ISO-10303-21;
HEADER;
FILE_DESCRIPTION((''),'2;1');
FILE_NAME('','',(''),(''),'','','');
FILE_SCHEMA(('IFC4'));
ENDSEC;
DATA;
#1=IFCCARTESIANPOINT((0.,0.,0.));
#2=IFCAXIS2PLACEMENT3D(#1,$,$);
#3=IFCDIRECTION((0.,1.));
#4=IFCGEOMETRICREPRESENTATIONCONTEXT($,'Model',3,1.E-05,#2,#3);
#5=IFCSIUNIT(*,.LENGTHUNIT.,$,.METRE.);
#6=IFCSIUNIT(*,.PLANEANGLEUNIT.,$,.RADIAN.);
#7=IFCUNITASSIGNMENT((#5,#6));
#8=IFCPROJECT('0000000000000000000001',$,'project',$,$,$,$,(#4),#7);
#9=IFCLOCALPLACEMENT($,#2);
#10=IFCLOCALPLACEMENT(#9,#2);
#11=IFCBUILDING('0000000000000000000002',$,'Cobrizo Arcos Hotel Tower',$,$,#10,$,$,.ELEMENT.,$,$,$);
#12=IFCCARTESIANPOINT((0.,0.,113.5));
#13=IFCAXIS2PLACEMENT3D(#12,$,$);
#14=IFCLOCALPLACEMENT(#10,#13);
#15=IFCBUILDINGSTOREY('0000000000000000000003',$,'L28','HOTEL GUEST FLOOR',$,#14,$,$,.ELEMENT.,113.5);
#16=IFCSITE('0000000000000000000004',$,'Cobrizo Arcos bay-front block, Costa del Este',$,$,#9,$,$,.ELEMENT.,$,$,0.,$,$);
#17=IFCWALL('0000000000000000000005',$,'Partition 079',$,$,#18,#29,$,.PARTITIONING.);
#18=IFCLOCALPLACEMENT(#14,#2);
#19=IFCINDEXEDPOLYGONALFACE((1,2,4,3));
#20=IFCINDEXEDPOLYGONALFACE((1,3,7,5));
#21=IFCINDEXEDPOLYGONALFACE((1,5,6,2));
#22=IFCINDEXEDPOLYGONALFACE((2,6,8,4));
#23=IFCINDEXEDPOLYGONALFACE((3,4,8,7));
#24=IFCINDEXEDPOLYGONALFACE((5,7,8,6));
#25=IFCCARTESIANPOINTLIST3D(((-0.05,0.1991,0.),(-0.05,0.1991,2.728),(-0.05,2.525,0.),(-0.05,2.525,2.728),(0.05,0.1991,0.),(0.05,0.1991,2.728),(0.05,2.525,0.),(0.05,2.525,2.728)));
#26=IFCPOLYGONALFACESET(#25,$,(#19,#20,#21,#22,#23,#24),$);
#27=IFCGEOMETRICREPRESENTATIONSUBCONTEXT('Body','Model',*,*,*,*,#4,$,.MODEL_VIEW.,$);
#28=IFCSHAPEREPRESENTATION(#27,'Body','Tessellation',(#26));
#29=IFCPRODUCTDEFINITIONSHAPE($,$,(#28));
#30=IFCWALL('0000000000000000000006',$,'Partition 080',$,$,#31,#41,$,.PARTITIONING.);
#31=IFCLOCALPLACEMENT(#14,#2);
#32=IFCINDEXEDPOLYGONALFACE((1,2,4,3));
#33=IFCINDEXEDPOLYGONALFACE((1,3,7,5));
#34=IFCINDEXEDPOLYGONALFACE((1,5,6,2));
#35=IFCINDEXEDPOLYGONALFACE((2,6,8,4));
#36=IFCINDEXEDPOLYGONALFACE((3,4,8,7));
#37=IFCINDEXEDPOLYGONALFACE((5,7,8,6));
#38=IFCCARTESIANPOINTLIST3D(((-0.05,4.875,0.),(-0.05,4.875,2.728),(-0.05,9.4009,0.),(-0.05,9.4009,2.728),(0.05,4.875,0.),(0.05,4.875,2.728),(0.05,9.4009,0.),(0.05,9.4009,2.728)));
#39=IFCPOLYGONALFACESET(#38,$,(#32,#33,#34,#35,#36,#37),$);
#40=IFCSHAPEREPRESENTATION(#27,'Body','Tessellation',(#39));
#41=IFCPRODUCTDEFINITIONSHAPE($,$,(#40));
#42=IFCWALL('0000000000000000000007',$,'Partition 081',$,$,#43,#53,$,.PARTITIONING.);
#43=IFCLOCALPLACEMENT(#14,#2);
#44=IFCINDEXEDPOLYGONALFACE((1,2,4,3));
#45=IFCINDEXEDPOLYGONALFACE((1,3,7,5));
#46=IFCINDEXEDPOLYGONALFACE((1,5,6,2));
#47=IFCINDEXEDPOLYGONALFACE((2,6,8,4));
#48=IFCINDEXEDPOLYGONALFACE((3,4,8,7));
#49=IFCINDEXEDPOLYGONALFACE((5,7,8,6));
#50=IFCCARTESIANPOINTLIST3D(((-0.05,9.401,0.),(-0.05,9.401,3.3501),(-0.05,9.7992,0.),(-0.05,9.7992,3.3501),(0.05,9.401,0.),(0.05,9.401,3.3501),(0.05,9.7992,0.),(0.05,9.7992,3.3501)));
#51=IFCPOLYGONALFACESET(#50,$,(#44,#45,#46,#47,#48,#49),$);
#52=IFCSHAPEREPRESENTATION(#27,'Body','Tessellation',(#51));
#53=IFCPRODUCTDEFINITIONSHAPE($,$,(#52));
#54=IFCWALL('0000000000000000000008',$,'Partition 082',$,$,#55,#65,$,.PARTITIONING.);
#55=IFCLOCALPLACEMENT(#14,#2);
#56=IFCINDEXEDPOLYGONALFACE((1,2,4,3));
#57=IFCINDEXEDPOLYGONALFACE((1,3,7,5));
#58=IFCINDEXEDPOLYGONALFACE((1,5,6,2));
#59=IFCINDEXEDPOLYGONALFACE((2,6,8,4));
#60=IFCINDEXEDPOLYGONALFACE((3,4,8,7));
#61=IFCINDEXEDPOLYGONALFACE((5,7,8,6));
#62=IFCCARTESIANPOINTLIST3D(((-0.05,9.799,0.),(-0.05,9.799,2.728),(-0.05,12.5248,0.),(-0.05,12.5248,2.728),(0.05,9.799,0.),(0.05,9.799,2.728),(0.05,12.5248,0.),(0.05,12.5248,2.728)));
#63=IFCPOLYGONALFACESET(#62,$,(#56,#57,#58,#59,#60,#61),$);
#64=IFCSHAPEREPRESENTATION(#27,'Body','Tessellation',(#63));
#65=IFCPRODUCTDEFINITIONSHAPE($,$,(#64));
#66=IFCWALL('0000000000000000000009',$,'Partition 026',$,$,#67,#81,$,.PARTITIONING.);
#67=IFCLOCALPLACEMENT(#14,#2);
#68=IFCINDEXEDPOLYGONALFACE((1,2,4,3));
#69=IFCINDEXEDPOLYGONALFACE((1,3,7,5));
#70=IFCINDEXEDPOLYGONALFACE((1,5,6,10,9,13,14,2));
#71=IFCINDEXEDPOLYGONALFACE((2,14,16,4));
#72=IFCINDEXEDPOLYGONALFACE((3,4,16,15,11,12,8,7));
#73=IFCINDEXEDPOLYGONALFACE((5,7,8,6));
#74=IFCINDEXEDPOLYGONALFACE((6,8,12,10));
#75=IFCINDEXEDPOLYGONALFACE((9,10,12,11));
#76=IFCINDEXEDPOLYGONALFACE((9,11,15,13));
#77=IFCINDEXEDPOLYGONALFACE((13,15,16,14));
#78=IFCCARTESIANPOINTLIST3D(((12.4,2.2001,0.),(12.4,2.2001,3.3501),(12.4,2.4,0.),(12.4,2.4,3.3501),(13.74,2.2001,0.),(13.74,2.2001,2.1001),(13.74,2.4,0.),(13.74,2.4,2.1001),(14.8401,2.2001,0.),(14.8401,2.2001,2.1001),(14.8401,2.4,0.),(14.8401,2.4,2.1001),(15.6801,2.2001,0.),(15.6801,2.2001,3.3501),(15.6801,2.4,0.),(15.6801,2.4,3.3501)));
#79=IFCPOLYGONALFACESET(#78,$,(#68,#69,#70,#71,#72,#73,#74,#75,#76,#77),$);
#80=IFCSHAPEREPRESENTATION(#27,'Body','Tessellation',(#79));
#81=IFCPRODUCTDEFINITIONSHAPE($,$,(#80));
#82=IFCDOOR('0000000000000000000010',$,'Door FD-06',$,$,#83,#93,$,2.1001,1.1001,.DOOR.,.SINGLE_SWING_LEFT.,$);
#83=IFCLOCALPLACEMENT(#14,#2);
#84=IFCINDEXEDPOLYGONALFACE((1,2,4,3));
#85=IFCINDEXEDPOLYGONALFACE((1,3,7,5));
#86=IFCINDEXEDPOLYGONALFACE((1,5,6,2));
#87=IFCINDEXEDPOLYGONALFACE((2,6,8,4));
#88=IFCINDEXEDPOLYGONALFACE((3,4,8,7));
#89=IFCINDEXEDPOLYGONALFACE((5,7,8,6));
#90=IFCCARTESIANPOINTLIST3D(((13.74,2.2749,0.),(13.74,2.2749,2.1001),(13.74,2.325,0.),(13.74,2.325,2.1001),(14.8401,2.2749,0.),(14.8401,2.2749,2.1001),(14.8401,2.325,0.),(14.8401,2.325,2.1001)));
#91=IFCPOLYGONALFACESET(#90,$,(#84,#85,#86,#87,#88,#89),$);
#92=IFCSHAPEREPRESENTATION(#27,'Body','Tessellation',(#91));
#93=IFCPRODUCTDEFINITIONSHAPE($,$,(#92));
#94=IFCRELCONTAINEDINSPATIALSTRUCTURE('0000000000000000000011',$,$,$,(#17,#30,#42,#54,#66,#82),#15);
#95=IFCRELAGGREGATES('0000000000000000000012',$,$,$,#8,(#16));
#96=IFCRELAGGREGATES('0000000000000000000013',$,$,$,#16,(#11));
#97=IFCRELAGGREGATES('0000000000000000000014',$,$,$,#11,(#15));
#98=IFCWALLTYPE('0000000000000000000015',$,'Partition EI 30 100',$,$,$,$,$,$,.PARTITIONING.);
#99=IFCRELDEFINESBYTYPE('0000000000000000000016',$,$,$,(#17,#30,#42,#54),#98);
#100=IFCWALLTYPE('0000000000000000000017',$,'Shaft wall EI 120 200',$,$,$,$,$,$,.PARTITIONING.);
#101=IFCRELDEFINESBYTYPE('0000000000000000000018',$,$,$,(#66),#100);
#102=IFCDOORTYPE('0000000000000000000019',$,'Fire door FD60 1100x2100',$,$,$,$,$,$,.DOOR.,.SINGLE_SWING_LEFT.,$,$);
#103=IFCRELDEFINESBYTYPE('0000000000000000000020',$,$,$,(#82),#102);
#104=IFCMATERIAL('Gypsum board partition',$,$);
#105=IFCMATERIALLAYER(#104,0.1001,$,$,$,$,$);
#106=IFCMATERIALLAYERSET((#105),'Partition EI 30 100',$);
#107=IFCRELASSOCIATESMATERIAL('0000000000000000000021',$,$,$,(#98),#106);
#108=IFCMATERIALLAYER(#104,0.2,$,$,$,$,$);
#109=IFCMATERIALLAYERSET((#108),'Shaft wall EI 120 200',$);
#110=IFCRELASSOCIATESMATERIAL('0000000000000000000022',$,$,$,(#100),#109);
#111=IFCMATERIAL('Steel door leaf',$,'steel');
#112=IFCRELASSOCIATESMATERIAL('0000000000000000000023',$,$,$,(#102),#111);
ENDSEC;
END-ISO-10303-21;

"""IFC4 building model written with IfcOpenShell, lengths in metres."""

from ifc_helpers import new_model, si_unit, direction, frame, frame_2d, origin, place, context, subcontext, project, spatial, rectangle, extrude, material, layer, layer_set, type_object, element, fill, save


model = new_model("IFC4")

# Units and contexts
model_context = context("Model", 3, precision=1e-05, world=origin(), true_north=direction((0.0, 1.0)))
body_context = subcontext(model_context, "Body", "Model", "MODEL_VIEW")
ifc_project = project(units=[si_unit("LENGTHUNIT", "METRE"), si_unit("PLANEANGLEUNIT", "RADIAN")], contexts=[model_context])

# Site, building, storey
site_placement = place(None, origin())
site = spatial("IfcSite", under=ifc_project, at=site_placement, Name="Cobrizo Arcos bay-front block, Costa del Este", CompositionType="ELEMENT", RefElevation=0.0)
building_placement = place(site_placement, origin())
building = spatial("IfcBuilding", under=site, at=building_placement, Name="Cobrizo Arcos Hotel Tower", CompositionType="ELEMENT")
storey_placement = place(building_placement, frame((0.0, 0.0, 113.5)))
storey = spatial("IfcBuildingStorey", under=building, at=storey_placement, Name="L28", Description="HOTEL GUEST FLOOR", CompositionType="ELEMENT", Elevation=113.5)

# Shared definitions
ifc_material_1 = material(Name="Gypsum board partition")

# Walls
ifc_layer_1 = layer(ifc_material_1, 0.1001)
ifc_layer_set_1 = layer_set([ifc_layer_1], Name="Partition EI 30 100")
wall_type_1 = type_object("IfcWallType", Name="Partition EI 30 100", PredefinedType="PARTITIONING", material=ifc_layer_set_1)
wall_1_placement = place(storey_placement, frame((0.0, 0.199, 0.0), z_axis=(0.0, 0.0, 1.0), x_axis=(0.0, 1.0, 0.0)))
element("IfcWall", 1, at=wall_1_placement, inside=storey, type_object=wall_type_1, Name="Partition 079", PredefinedType="PARTITIONING", context=body_context, shape_type="SweptSolid", body=[
    extrude(rectangle(XDim=2.3259, YDim=0.1001, at=frame_2d((1.1631, 0.0))), origin(), (0.0, 0.0, 1.0), 2.728),
])
wall_2_placement = place(storey_placement, frame((0.0, 4.875, 0.0), z_axis=(0.0, 0.0, 1.0), x_axis=(0.0, 1.0, 0.0)))
element("IfcWall", 2, at=wall_2_placement, inside=storey, type_object=wall_type_1, Name="Partition 080", PredefinedType="PARTITIONING", context=body_context, shape_type="SweptSolid", body=[
    extrude(rectangle(XDim=4.5259, YDim=0.1001, at=frame_2d((2.2629, 0.0))), origin(), (0.0, 0.0, 1.0), 2.728),
])
wall_3_placement = place(storey_placement, frame((0.0, 9.4009, 0.0), z_axis=(0.0, 0.0, 1.0), x_axis=(0.0, 1.0, 0.0)))
element("IfcWall", 3, at=wall_3_placement, inside=storey, type_object=wall_type_1, Name="Partition 081", PredefinedType="PARTITIONING", context=body_context, shape_type="SweptSolid", body=[
    extrude(rectangle(XDim=0.3982, YDim=0.1001, at=frame_2d((0.1992, 0.0))), origin(), (0.0, 0.0, 1.0), 3.3501),
])
wall_4_placement = place(storey_placement, frame((0.0, 9.7991, 0.0), z_axis=(0.0, 0.0, 1.0), x_axis=(0.0, 1.0, 0.0)))
element("IfcWall", 4, at=wall_4_placement, inside=storey, type_object=wall_type_1, Name="Partition 082", PredefinedType="PARTITIONING", context=body_context, shape_type="SweptSolid", body=[
    extrude(rectangle(XDim=2.7258, YDim=0.1001, at=frame_2d((1.3628, 0.0))), origin(), (0.0, 0.0, 1.0), 2.728),
])

# Wall, opening, door
ifc_layer_2 = layer(ifc_material_1, 0.2)
ifc_layer_set_2 = layer_set([ifc_layer_2], Name="Shaft wall EI 120 200")
wall_type_2 = type_object("IfcWallType", Name="Shaft wall EI 120 200", PredefinedType="PARTITIONING", material=ifc_layer_set_2)
wall_5_placement = place(storey_placement, frame((12.3999, 2.3, 0.0), z_axis=(0.0, 0.0, 1.0), x_axis=(1.0, 0.0, 0.0)))
wall_5 = element("IfcWall", 5, at=wall_5_placement, inside=storey, type_object=wall_type_2, Name="Partition 026", PredefinedType="PARTITIONING", context=body_context, shape_type="SweptSolid", body=[
    extrude(rectangle(XDim=3.28, YDim=0.2, at=frame_2d((1.6401, 0.0))), origin(), (0.0, 0.0, 1.0), 3.3501),
])
opening_1_placement = place(wall_5_placement, frame((1.3401, 0.0, 0.0)))
opening_1 = element("IfcOpeningElement", 6, at=opening_1_placement, cuts=wall_5, PredefinedType="OPENING", context=body_context, shape_type="SweptSolid", body=[
    extrude(rectangle(XDim=1.1001, YDim=2.1001, at=frame_2d((0.55, 1.05))), frame((0.0, 0.1121, 0.0), z_axis=(0.0, -1.0, 0.0), x_axis=(1.0, 0.0, 0.0)), (0.0, 0.0, 1.0), 0.2239),
])
ifc_material_2 = material(Name="Steel door leaf", Category="steel")
door_type_1 = type_object("IfcDoorType", Name="Fire door FD60 1100x2100", OperationType="SINGLE_SWING_LEFT", PredefinedType="DOOR", material=ifc_material_2)
door_1_placement = place(opening_1_placement, origin())
door_1 = element("IfcDoor", 7, at=door_1_placement, inside=storey, type_object=door_type_1, Name="Door FD-06", OperationType="SINGLE_SWING_LEFT", OverallHeight=2.1001, OverallWidth=1.1001, PredefinedType="DOOR", context=body_context, shape_type="SweptSolid", body=[
    extrude(rectangle(XDim=1.1001, YDim=2.1001, at=frame_2d((0.55, 1.05))), frame((0.0, 0.0249, 0.0), z_axis=(0.0, -1.0, 0.0), x_axis=(1.0, 0.0, 0.0)), (0.0, 0.0, 1.0), 0.05),
])
fill(opening_1, door_1)

save(model, "model.ifc")
